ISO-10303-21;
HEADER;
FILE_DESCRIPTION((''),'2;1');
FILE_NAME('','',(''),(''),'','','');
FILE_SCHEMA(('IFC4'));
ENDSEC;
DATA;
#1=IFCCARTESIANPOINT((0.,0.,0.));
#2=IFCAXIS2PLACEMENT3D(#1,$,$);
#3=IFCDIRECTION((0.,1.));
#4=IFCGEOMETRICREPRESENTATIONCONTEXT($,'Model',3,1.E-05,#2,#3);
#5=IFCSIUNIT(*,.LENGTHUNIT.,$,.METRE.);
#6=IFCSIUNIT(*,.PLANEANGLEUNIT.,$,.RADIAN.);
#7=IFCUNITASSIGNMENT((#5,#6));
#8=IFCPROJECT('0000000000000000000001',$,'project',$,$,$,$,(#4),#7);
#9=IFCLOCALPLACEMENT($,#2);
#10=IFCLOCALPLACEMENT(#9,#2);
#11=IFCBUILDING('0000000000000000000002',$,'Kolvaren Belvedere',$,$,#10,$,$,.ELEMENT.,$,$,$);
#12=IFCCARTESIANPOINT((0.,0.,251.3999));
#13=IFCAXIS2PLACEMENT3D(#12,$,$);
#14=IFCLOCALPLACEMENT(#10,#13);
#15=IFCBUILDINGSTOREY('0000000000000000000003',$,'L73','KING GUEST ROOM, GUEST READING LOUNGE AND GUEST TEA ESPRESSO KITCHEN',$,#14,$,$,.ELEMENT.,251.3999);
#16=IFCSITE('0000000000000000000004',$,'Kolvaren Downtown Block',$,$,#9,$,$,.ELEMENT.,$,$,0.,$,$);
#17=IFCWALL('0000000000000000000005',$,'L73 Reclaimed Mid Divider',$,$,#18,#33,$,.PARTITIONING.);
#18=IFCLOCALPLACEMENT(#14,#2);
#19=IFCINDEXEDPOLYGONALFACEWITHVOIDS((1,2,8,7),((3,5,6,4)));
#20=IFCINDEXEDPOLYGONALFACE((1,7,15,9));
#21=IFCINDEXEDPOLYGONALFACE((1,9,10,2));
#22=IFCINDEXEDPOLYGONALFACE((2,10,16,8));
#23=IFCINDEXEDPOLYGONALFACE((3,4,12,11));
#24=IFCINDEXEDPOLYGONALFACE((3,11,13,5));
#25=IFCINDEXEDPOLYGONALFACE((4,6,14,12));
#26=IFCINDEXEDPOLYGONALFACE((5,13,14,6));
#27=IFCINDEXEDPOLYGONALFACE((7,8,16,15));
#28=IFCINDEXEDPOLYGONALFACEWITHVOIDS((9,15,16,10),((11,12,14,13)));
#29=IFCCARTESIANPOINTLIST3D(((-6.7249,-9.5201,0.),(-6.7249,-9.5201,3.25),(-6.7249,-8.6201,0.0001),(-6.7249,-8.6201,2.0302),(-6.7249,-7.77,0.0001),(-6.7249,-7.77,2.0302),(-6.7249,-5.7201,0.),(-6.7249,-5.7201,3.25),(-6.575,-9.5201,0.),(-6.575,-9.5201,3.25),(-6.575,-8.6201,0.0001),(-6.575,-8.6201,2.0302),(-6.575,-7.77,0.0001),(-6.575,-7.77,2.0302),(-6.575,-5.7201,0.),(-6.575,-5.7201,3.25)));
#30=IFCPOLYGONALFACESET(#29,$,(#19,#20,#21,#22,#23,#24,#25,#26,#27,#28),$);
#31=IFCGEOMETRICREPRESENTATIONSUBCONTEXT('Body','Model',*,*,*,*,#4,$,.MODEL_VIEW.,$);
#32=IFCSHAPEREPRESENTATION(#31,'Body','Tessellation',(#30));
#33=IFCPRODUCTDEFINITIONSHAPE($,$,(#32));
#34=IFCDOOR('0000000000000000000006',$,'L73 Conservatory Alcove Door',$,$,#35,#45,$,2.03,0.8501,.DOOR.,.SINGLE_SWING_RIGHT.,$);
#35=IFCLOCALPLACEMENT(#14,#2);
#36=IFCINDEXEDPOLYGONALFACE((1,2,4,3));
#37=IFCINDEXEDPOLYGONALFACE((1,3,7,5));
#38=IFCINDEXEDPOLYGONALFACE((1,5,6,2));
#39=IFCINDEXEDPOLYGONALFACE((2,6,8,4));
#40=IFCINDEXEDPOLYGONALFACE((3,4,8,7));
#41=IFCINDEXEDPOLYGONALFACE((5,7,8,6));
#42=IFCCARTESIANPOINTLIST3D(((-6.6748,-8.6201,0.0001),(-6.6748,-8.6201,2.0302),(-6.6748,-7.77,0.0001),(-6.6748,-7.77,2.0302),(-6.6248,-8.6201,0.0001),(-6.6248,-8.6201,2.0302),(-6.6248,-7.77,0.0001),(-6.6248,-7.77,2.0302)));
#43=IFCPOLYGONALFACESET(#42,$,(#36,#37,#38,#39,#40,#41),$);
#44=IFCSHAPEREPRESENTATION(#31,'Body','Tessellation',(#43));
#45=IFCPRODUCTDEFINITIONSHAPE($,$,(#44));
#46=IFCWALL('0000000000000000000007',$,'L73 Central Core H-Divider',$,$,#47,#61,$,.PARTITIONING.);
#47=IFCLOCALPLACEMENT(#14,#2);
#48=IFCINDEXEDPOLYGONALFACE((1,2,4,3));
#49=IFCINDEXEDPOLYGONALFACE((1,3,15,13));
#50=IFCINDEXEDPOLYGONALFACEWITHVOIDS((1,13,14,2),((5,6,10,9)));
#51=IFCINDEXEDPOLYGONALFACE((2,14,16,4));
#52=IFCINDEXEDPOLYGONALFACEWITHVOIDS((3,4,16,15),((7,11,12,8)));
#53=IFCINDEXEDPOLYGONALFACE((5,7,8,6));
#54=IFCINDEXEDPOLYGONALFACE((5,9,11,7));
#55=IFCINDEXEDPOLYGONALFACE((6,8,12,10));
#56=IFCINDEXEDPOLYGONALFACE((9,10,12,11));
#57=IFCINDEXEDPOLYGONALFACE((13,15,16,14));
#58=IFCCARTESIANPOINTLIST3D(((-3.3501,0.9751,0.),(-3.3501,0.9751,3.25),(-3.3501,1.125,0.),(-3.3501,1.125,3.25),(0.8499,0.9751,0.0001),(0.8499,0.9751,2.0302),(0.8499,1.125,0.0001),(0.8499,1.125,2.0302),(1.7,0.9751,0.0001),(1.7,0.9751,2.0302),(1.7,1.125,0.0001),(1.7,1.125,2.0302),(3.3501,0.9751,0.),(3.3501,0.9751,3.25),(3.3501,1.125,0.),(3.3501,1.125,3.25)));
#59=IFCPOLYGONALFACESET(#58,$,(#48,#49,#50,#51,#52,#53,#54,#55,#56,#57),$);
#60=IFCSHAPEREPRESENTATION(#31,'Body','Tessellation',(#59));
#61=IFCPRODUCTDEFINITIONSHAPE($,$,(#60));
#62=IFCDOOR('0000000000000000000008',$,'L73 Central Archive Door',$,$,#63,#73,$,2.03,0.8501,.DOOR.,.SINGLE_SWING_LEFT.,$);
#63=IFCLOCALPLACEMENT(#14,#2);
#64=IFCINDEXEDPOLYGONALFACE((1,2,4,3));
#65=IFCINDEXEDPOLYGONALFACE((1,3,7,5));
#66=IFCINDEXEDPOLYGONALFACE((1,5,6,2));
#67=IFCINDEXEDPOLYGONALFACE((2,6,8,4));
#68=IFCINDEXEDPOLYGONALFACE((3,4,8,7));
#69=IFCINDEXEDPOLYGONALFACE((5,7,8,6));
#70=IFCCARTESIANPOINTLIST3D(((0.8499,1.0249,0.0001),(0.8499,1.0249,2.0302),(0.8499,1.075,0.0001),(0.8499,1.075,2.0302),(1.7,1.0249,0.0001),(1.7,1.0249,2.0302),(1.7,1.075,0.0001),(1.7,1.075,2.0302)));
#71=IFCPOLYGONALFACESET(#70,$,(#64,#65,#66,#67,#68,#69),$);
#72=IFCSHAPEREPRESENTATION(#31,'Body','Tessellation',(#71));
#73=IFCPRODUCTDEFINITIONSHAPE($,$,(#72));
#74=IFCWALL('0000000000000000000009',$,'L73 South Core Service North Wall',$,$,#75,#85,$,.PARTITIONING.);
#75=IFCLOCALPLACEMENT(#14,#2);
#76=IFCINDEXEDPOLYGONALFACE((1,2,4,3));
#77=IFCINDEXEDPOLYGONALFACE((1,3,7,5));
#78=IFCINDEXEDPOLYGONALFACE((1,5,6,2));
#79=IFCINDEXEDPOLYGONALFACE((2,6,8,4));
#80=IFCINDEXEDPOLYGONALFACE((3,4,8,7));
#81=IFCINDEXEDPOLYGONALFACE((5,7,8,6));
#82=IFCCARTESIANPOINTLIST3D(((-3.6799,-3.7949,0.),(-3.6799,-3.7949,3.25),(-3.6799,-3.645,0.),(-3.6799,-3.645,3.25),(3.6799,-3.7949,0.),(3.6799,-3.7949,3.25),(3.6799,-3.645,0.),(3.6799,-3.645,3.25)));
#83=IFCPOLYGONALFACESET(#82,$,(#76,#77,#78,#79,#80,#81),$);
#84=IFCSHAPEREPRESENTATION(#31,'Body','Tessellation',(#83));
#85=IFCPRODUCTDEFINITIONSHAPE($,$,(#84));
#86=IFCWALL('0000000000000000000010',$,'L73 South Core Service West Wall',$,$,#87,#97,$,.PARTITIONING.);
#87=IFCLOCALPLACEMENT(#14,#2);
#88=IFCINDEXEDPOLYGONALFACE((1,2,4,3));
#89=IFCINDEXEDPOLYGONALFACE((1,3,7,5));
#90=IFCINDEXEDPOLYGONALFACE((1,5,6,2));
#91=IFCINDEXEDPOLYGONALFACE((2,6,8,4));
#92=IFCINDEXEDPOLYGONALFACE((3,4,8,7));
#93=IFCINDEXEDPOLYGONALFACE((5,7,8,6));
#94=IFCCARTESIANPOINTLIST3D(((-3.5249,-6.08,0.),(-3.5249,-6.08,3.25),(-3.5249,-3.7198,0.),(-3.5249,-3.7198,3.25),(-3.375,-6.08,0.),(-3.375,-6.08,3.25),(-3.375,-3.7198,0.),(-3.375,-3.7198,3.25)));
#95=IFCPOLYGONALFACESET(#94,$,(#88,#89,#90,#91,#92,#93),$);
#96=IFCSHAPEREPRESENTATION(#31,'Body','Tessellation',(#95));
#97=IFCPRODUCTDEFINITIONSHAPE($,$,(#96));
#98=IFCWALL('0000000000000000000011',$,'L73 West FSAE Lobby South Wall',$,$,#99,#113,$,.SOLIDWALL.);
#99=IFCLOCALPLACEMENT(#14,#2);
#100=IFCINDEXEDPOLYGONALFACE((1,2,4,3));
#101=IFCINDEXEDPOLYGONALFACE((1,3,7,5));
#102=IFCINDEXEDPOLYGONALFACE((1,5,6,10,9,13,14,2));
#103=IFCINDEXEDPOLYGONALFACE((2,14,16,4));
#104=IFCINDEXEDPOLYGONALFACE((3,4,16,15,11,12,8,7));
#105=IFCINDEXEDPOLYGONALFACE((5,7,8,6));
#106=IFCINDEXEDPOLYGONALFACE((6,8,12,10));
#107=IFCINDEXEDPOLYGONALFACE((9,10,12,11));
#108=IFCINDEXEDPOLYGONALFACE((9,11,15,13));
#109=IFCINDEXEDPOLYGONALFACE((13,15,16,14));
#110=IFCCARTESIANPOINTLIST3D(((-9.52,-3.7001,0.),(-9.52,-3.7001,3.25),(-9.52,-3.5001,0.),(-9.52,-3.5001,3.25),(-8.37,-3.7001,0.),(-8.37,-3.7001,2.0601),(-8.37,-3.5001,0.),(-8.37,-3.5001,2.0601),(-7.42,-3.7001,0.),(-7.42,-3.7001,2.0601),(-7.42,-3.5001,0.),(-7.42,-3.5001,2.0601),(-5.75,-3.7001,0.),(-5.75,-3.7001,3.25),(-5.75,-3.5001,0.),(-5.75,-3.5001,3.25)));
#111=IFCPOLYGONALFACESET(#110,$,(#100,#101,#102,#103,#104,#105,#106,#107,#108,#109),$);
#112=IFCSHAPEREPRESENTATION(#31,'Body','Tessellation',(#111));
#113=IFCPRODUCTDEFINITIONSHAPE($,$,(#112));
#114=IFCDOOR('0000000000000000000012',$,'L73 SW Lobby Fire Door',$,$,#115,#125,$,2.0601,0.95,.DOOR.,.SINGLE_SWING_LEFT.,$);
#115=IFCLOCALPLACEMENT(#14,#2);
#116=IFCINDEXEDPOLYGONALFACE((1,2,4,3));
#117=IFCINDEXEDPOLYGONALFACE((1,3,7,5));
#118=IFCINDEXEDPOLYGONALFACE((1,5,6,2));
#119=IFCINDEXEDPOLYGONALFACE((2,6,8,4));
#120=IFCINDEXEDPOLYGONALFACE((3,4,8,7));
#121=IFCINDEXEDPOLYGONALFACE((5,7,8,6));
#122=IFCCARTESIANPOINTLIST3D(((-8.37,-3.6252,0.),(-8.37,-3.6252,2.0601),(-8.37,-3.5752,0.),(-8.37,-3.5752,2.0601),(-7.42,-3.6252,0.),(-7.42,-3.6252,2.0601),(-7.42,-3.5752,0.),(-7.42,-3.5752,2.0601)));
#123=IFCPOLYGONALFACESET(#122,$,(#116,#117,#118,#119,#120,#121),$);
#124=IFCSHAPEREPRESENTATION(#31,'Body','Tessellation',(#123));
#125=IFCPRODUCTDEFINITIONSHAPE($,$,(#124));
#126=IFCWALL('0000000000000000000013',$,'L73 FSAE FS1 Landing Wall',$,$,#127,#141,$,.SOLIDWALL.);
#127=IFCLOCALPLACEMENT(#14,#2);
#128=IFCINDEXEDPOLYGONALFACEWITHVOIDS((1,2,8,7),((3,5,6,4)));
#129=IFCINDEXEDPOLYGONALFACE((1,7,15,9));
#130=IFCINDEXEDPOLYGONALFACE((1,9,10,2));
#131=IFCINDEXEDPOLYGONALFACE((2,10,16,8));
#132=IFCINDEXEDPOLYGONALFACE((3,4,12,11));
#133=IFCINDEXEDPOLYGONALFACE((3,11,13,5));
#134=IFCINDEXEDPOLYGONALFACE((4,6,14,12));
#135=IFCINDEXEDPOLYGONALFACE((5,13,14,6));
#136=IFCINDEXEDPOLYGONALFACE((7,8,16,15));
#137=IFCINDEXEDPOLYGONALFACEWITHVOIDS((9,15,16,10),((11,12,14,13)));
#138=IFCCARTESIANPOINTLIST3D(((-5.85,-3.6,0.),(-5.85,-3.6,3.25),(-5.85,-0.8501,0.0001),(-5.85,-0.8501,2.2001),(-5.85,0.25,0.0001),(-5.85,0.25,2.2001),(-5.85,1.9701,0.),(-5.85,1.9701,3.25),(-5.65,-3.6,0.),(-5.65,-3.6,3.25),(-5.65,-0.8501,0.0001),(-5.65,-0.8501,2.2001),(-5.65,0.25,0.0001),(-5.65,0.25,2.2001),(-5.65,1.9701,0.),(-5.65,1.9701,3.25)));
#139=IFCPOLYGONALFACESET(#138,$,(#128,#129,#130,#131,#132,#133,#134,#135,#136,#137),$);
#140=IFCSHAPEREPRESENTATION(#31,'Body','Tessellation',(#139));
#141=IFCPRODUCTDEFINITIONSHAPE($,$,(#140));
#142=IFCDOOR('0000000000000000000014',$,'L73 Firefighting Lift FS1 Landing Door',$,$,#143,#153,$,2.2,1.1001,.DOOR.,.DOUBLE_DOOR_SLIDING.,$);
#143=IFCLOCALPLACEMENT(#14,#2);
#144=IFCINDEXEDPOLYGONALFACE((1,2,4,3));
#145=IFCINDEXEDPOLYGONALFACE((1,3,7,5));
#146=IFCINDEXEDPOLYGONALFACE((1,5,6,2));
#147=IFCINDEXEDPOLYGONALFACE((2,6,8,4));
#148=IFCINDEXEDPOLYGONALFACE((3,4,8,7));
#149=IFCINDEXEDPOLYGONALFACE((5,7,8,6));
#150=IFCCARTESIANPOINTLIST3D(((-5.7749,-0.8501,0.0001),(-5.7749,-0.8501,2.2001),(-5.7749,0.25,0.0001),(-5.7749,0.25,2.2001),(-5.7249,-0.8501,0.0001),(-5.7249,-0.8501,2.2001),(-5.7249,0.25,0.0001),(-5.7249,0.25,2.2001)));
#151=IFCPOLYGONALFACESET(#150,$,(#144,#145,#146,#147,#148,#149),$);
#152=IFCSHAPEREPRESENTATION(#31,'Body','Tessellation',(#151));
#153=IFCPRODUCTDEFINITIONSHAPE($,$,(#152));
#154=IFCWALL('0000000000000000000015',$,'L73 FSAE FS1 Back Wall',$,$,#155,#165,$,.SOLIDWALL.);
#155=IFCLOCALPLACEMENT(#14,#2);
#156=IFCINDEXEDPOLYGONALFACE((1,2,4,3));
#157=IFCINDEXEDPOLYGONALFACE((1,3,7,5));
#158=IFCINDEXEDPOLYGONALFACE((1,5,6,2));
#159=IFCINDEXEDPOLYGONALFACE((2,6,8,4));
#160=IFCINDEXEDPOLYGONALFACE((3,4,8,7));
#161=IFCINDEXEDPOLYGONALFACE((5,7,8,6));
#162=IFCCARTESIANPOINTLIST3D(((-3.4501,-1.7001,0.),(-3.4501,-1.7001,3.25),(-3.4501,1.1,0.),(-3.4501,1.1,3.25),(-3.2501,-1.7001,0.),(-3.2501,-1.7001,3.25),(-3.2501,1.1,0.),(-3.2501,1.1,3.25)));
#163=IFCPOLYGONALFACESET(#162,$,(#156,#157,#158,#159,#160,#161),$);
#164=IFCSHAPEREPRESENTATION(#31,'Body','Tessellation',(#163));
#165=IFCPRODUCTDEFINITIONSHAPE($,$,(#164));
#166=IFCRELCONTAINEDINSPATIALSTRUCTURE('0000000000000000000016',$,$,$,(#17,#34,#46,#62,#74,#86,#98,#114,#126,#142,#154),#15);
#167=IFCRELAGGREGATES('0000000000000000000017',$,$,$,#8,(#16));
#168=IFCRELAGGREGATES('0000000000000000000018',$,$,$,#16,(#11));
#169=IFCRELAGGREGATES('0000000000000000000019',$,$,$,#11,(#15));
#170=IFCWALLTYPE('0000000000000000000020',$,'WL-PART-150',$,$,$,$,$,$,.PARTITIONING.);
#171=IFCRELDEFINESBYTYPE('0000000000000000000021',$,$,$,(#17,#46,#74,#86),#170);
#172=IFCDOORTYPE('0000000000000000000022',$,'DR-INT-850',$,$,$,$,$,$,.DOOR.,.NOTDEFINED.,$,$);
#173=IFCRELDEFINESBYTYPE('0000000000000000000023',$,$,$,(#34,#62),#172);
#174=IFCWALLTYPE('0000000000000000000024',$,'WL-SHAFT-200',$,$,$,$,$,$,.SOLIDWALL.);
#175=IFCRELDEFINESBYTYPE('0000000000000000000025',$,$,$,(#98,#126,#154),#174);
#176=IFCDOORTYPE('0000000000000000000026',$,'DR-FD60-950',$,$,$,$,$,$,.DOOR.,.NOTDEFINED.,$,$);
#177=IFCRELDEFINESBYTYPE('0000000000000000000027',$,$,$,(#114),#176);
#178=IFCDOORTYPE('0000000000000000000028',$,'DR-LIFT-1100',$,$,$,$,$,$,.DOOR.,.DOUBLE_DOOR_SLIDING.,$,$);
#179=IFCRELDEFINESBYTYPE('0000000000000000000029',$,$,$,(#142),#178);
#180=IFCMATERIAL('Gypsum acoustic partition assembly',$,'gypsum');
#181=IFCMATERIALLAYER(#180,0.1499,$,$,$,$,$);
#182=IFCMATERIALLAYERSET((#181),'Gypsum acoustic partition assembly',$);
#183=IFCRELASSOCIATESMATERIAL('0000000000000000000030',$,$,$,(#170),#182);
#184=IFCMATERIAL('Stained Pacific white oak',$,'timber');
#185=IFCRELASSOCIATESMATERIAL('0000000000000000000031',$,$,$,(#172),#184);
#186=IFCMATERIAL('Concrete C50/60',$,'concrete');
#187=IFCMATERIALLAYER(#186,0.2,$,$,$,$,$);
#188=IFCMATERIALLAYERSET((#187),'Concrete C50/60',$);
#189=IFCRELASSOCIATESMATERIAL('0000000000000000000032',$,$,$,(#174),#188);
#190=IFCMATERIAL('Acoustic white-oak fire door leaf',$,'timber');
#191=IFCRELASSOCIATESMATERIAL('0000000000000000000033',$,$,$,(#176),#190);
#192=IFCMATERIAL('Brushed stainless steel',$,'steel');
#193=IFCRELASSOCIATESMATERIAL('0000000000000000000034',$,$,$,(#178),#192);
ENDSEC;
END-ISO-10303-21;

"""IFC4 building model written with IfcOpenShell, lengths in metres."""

from ifc_helpers import new_model, si_unit, direction, frame, frame_2d, origin, place, context, subcontext, project, spatial, rectangle, extrude, material, layer, layer_set, type_object, element, fill, save


model = new_model("IFC4")

# Units and contexts
model_context = context("Model", 3, precision=1e-05, world=origin(), true_north=direction((0.0, 1.0)))
body_context = subcontext(model_context, "Body", "Model", "MODEL_VIEW")
ifc_project = project(units=[si_unit("LENGTHUNIT", "METRE"), si_unit("PLANEANGLEUNIT", "RADIAN")], contexts=[model_context])

# Site, building, storey
site_placement = place(None, origin())
site = spatial("IfcSite", under=ifc_project, at=site_placement, Name="Kolvaren Downtown Block", CompositionType="ELEMENT", RefElevation=0.0)
building_placement = place(site_placement, origin())
building = spatial("IfcBuilding", under=site, at=building_placement, Name="Kolvaren Belvedere", CompositionType="ELEMENT")
storey_placement = place(building_placement, frame((0.0, 0.0, 251.3999)))
storey = spatial("IfcBuildingStorey", under=building, at=storey_placement, Name="L73", Description="KING GUEST ROOM, GUEST READING LOUNGE AND GUEST TEA ESPRESSO KITCHEN", CompositionType="ELEMENT", Elevation=251.3999)

# Walls, openings, doors
ifc_material_1 = material(Name="Gypsum acoustic partition assembly", Category="gypsum")
ifc_layer_1 = layer(ifc_material_1, 0.1499)
ifc_layer_set_1 = layer_set([ifc_layer_1], Name="Gypsum acoustic partition assembly")
wall_type_1 = type_object("IfcWallType", Name="WL-PART-150", PredefinedType="PARTITIONING", material=ifc_layer_set_1)
wall_1_placement = place(storey_placement, frame((-6.6499, -9.52, 0.0), z_axis=(0.0, 0.0, 1.0), x_axis=(0.0, 1.0, 0.0)))
wall_1 = element("IfcWall", 1, at=wall_1_placement, inside=storey, type_object=wall_type_1, Name="L73 Reclaimed Mid Divider", PredefinedType="PARTITIONING", context=body_context, shape_type="SweptSolid", body=[
    extrude(rectangle(XDim=3.8, YDim=0.1499, at=frame_2d((1.8999, 0.0))), origin(), (0.0, 0.0, 1.0), 3.25),
])
opening_1_placement = place(wall_1_placement, frame((0.8999, 0.0, 0.0)))
opening_1 = element("IfcOpeningElement", 2, at=opening_1_placement, cuts=wall_1, PredefinedType="OPENING", context=body_context, shape_type="SweptSolid", body=[
    extrude(rectangle(XDim=0.8501, YDim=2.03, at=frame_2d((0.425, 1.0151))), frame((0.0, 0.085, 0.0), z_axis=(0.0, -1.0, 0.0), x_axis=(1.0, 0.0, 0.0)), (0.0, 0.0, 1.0), 0.1699),
])
ifc_material_2 = material(Name="Stained Pacific white oak", Category="timber")
door_type_1 = type_object("IfcDoorType", Name="DR-INT-850", OperationType="NOTDEFINED", PredefinedType="DOOR", material=ifc_material_2)
door_1_placement = place(opening_1_placement, origin())
door_1 = element("IfcDoor", 3, at=door_1_placement, inside=storey, type_object=door_type_1, Name="L73 Conservatory Alcove Door", OperationType="SINGLE_SWING_RIGHT", OverallHeight=2.03, OverallWidth=0.8501, PredefinedType="DOOR", context=body_context, shape_type="SweptSolid", body=[
    extrude(rectangle(XDim=0.8501, YDim=2.03, at=frame_2d((0.425, 1.0151))), frame((0.0, 0.0249, 0.0), z_axis=(0.0, -1.0, 0.0), x_axis=(1.0, 0.0, 0.0)), (0.0, 0.0, 1.0), 0.05),
])
fill(opening_1, door_1)
wall_2_placement = place(storey_placement, frame((-3.3501, 1.05, 0.0), z_axis=(0.0, 0.0, 1.0), x_axis=(1.0, 0.0, 0.0)))
wall_2 = element("IfcWall", 4, at=wall_2_placement, inside=storey, type_object=wall_type_1, Name="L73 Central Core H-Divider", PredefinedType="PARTITIONING", context=body_context, shape_type="SweptSolid", body=[
    extrude(rectangle(XDim=6.7002, YDim=0.1499, at=frame_2d((3.3501, 0.0))), origin(), (0.0, 0.0, 1.0), 3.25),
])
opening_2_placement = place(wall_2_placement, frame((4.2, 0.0, 0.0)))
opening_2 = element("IfcOpeningElement", 5, at=opening_2_placement, cuts=wall_2, PredefinedType="OPENING", context=body_context, shape_type="SweptSolid", body=[
    extrude(rectangle(XDim=0.8501, YDim=2.03, at=frame_2d((0.425, 1.0151))), frame((0.0, 0.085, 0.0), z_axis=(0.0, -1.0, 0.0), x_axis=(1.0, 0.0, 0.0)), (0.0, 0.0, 1.0), 0.1699),
])
door_2_placement = place(opening_2_placement, origin())
door_2 = element("IfcDoor", 6, at=door_2_placement, inside=storey, type_object=door_type_1, Name="L73 Central Archive Door", OperationType="SINGLE_SWING_LEFT", OverallHeight=2.03, OverallWidth=0.8501, PredefinedType="DOOR", context=body_context, shape_type="SweptSolid", body=[
    extrude(rectangle(XDim=0.8501, YDim=2.03, at=frame_2d((0.425, 1.0151))), frame((0.0, 0.0249, 0.0), z_axis=(0.0, -1.0, 0.0), x_axis=(1.0, 0.0, 0.0)), (0.0, 0.0, 1.0), 0.05),
])
fill(opening_2, door_2)

# Walls
wall_3_placement = place(storey_placement, frame((-3.6799, -3.72, 0.0), z_axis=(0.0, 0.0, 1.0), x_axis=(1.0, 0.0, 0.0)))
element("IfcWall", 7, at=wall_3_placement, inside=storey, type_object=wall_type_1, Name="L73 South Core Service North Wall", PredefinedType="PARTITIONING", context=body_context, shape_type="SweptSolid", body=[
    extrude(rectangle(XDim=7.3599, YDim=0.1499, at=frame_2d((3.6799, 0.0))), origin(), (0.0, 0.0, 1.0), 3.25),
])
wall_4_placement = place(storey_placement, frame((-3.45, -6.0801, 0.0), z_axis=(0.0, 0.0, 1.0), x_axis=(0.0, 1.0, 0.0)))
element("IfcWall", 8, at=wall_4_placement, inside=storey, type_object=wall_type_1, Name="L73 South Core Service West Wall", PredefinedType="PARTITIONING", context=body_context, shape_type="SweptSolid", body=[
    extrude(rectangle(XDim=2.3601, YDim=0.1499, at=frame_2d((1.1802, 0.0))), origin(), (0.0, 0.0, 1.0), 3.25),
])

# Walls, openings, doors
ifc_material_3 = material(Name="Concrete C50/60", Category="concrete")
ifc_layer_2 = layer(ifc_material_3, 0.2)
ifc_layer_set_2 = layer_set([ifc_layer_2], Name="Concrete C50/60")
wall_type_2 = type_object("IfcWallType", Name="WL-SHAFT-200", PredefinedType="SOLIDWALL", material=ifc_layer_set_2)
wall_5_placement = place(storey_placement, frame((-9.52, -3.6001, 0.0), z_axis=(0.0, 0.0, 1.0), x_axis=(1.0, 0.0, 0.0)))
wall_5 = element("IfcWall", 9, at=wall_5_placement, inside=storey, type_object=wall_type_2, Name="L73 West FSAE Lobby South Wall", PredefinedType="SOLIDWALL", context=body_context, shape_type="SweptSolid", body=[
    extrude(rectangle(XDim=3.77, YDim=0.2, at=frame_2d((1.885, 0.0))), origin(), (0.0, 0.0, 1.0), 3.25),
])
opening_3_placement = place(wall_5_placement, frame((1.1499, 0.0, 0.0)))
opening_3 = element("IfcOpeningElement", 10, at=opening_3_placement, cuts=wall_5, PredefinedType="OPENING", context=body_context, shape_type="SweptSolid", body=[
    extrude(rectangle(XDim=0.95, YDim=2.0601, at=frame_2d((0.4751, 1.03))), frame((0.0, 0.1099, 0.0), z_axis=(0.0, -1.0, 0.0), x_axis=(1.0, 0.0, 0.0)), (0.0, 0.0, 1.0), 0.22),
])
ifc_material_4 = material(Name="Acoustic white-oak fire door leaf", Category="timber")
door_type_2 = type_object("IfcDoorType", Name="DR-FD60-950", OperationType="NOTDEFINED", PredefinedType="DOOR", material=ifc_material_4)
door_3_placement = place(opening_3_placement, origin())
door_3 = element("IfcDoor", 11, at=door_3_placement, inside=storey, type_object=door_type_2, Name="L73 SW Lobby Fire Door", OperationType="SINGLE_SWING_LEFT", OverallHeight=2.0601, OverallWidth=0.95, PredefinedType="DOOR", context=body_context, shape_type="SweptSolid", body=[
    extrude(rectangle(XDim=0.95, YDim=2.0601, at=frame_2d((0.4751, 1.03))), frame((0.0, 0.0249, 0.0), z_axis=(0.0, -1.0, 0.0), x_axis=(1.0, 0.0, 0.0)), (0.0, 0.0, 1.0), 0.05),
])
fill(opening_3, door_3)
wall_6_placement = place(storey_placement, frame((-5.75, -3.6001, 0.0), z_axis=(0.0, 0.0, 1.0), x_axis=(0.0, 1.0, 0.0)))
wall_6 = element("IfcWall", 12, at=wall_6_placement, inside=storey, type_object=wall_type_2, Name="L73 FSAE FS1 Landing Wall", PredefinedType="SOLIDWALL", context=body_context, shape_type="SweptSolid", body=[
    extrude(rectangle(XDim=5.5701, YDim=0.2, at=frame_2d((2.7852, 0.0))), origin(), (0.0, 0.0, 1.0), 3.25),
])
opening_4_placement = place(wall_6_placement, frame((2.75, 0.0, 0.0)))
opening_4 = element("IfcOpeningElement", 13, at=opening_4_placement, cuts=wall_6, PredefinedType="OPENING", context=body_context, shape_type="SweptSolid", body=[
    extrude(rectangle(XDim=1.1001, YDim=2.2, at=frame_2d((0.55, 1.1001))), frame((0.0, 0.1099, 0.0), z_axis=(0.0, -1.0, 0.0), x_axis=(1.0, 0.0, 0.0)), (0.0, 0.0, 1.0), 0.22),
])
ifc_material_5 = material(Name="Brushed stainless steel", Category="steel")
door_type_3 = type_object("IfcDoorType", Name="DR-LIFT-1100", OperationType="DOUBLE_DOOR_SLIDING", PredefinedType="DOOR", material=ifc_material_5)
door_4_placement = place(opening_4_placement, origin())
door_4 = element("IfcDoor", 14, at=door_4_placement, inside=storey, type_object=door_type_3, Name="L73 Firefighting Lift FS1 Landing Door", OperationType="DOUBLE_DOOR_SLIDING", OverallHeight=2.2, OverallWidth=1.1001, PredefinedType="DOOR", context=body_context, shape_type="SweptSolid", body=[
    extrude(rectangle(XDim=1.1001, YDim=2.2, at=frame_2d((0.55, 1.1001))), frame((0.0, 0.0249, 0.0), z_axis=(0.0, -1.0, 0.0), x_axis=(1.0, 0.0, 0.0)), (0.0, 0.0, 1.0), 0.05),
])
fill(opening_4, door_4)

# Wall
wall_7_placement = place(storey_placement, frame((-3.3501, -1.7, 0.0), z_axis=(0.0, 0.0, 1.0), x_axis=(0.0, 1.0, 0.0)))
element("IfcWall", 15, at=wall_7_placement, inside=storey, type_object=wall_type_2, Name="L73 FSAE FS1 Back Wall", PredefinedType="SOLIDWALL", context=body_context, shape_type="SweptSolid", body=[
    extrude(rectangle(XDim=2.8, YDim=0.2, at=frame_2d((1.3999, 0.0))), origin(), (0.0, 0.0, 1.0), 3.25),
])

save(model, "model.ifc")
